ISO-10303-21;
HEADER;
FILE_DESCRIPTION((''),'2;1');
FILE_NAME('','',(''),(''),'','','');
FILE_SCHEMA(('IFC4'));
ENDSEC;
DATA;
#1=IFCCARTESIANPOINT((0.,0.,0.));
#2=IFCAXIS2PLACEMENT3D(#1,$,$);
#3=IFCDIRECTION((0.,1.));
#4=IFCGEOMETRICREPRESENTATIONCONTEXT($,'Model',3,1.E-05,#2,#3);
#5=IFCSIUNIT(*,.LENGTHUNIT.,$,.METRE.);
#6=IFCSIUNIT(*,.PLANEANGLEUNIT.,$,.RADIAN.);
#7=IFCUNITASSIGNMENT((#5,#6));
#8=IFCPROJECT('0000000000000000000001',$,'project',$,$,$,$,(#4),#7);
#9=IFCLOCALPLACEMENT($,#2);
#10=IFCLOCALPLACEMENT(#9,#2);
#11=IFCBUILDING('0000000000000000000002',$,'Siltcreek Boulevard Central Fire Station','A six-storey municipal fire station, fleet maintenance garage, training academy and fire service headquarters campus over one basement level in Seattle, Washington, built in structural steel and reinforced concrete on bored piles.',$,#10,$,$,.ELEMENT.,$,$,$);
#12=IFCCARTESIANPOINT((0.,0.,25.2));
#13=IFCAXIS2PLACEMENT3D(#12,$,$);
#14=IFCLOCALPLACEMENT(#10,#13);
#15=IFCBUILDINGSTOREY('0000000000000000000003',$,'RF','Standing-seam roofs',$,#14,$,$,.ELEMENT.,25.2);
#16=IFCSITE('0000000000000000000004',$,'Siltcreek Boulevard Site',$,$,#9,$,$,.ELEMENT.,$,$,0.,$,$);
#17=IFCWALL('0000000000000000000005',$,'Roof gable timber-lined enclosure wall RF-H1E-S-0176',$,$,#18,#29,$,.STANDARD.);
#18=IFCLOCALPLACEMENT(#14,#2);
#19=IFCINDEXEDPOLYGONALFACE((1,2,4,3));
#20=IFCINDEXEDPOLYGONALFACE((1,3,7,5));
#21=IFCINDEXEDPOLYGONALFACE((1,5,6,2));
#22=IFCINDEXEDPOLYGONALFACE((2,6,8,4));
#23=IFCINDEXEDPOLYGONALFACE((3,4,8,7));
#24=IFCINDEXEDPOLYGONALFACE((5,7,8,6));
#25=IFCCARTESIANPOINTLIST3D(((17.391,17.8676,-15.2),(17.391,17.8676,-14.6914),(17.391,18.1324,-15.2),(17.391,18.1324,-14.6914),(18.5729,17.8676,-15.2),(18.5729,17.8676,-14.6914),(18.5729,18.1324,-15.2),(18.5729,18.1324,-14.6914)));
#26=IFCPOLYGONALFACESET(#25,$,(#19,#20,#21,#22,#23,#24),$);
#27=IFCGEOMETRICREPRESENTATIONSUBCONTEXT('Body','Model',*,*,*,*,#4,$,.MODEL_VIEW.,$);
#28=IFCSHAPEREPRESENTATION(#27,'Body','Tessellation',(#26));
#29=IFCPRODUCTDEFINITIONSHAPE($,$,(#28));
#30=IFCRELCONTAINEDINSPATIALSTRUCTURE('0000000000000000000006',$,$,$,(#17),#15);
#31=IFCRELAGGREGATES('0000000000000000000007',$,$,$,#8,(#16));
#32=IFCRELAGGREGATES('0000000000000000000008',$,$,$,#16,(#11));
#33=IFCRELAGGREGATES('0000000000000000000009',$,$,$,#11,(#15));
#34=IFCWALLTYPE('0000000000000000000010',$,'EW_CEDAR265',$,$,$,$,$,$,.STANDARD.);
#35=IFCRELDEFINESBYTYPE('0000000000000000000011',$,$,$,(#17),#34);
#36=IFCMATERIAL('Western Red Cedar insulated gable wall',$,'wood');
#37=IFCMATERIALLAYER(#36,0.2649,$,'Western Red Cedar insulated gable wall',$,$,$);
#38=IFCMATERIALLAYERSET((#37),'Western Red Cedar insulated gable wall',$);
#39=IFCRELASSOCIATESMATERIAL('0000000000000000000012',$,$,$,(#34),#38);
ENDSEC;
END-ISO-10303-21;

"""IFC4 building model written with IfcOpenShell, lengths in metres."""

from ifc_helpers import new_model, si_unit, direction, frame, frame_2d, origin, place, context, subcontext, project, spatial, rectangle, extrude, material, layer, layer_set, type_object, element, save


model = new_model("IFC4")

# Units and contexts
model_context = context("Model", 3, precision=1e-05, world=origin(), true_north=direction((0.0, 1.0)))
body_context = subcontext(model_context, "Body", "Model", "MODEL_VIEW")
ifc_project = project(units=[si_unit("LENGTHUNIT", "METRE"), si_unit("PLANEANGLEUNIT", "RADIAN")], contexts=[model_context])

# Site, building, storey
site_placement = place(None, origin())
site = spatial("IfcSite", under=ifc_project, at=site_placement, Name="Siltcreek Boulevard Site", CompositionType="ELEMENT", RefElevation=0.0)
building_placement = place(site_placement, origin())
building = spatial("IfcBuilding", under=site, at=building_placement, Name="Siltcreek Boulevard Central Fire Station", Description="A six-storey municipal fire station, fleet maintenance garage, training academy and fire service headquarters campus over one basement level in Seattle, Washington, built in structural steel and reinforced concrete on bored piles.", CompositionType="ELEMENT")
storey_placement = place(building_placement, frame((0.0, 0.0, 25.2)))
storey = spatial("IfcBuildingStorey", under=building, at=storey_placement, Name="RF", Description="Standing-seam roofs", CompositionType="ELEMENT", Elevation=25.2)

# Wall
ifc_material_1 = material(Name="Western Red Cedar insulated gable wall", Category="wood")
ifc_layer_1 = layer(ifc_material_1, 0.2649, Name="Western Red Cedar insulated gable wall")
ifc_layer_set_1 = layer_set([ifc_layer_1], Name="Western Red Cedar insulated gable wall")
wall_type = type_object("IfcWallType", Name="EW_CEDAR265", PredefinedType="STANDARD", material=ifc_layer_set_1)
wall_1_placement = place(storey_placement, frame((17.3911, 18.0, -15.2), z_axis=(0.0, 0.0, 1.0), x_axis=(1.0, 0.0, 0.0)))
element("IfcWall", 1, at=wall_1_placement, inside=storey, type_object=wall_type, Name="Roof gable timber-lined enclosure wall RF-H1E-S-0176", PredefinedType="STANDARD", context=body_context, shape_type="SweptSolid", body=[
    extrude(rectangle(XDim=1.1819, YDim=0.2649, at=frame_2d((0.5908, 0.0))), origin(), (0.0, 0.0, 1.0), 0.5085),
])

save(model, "model.ifc")
